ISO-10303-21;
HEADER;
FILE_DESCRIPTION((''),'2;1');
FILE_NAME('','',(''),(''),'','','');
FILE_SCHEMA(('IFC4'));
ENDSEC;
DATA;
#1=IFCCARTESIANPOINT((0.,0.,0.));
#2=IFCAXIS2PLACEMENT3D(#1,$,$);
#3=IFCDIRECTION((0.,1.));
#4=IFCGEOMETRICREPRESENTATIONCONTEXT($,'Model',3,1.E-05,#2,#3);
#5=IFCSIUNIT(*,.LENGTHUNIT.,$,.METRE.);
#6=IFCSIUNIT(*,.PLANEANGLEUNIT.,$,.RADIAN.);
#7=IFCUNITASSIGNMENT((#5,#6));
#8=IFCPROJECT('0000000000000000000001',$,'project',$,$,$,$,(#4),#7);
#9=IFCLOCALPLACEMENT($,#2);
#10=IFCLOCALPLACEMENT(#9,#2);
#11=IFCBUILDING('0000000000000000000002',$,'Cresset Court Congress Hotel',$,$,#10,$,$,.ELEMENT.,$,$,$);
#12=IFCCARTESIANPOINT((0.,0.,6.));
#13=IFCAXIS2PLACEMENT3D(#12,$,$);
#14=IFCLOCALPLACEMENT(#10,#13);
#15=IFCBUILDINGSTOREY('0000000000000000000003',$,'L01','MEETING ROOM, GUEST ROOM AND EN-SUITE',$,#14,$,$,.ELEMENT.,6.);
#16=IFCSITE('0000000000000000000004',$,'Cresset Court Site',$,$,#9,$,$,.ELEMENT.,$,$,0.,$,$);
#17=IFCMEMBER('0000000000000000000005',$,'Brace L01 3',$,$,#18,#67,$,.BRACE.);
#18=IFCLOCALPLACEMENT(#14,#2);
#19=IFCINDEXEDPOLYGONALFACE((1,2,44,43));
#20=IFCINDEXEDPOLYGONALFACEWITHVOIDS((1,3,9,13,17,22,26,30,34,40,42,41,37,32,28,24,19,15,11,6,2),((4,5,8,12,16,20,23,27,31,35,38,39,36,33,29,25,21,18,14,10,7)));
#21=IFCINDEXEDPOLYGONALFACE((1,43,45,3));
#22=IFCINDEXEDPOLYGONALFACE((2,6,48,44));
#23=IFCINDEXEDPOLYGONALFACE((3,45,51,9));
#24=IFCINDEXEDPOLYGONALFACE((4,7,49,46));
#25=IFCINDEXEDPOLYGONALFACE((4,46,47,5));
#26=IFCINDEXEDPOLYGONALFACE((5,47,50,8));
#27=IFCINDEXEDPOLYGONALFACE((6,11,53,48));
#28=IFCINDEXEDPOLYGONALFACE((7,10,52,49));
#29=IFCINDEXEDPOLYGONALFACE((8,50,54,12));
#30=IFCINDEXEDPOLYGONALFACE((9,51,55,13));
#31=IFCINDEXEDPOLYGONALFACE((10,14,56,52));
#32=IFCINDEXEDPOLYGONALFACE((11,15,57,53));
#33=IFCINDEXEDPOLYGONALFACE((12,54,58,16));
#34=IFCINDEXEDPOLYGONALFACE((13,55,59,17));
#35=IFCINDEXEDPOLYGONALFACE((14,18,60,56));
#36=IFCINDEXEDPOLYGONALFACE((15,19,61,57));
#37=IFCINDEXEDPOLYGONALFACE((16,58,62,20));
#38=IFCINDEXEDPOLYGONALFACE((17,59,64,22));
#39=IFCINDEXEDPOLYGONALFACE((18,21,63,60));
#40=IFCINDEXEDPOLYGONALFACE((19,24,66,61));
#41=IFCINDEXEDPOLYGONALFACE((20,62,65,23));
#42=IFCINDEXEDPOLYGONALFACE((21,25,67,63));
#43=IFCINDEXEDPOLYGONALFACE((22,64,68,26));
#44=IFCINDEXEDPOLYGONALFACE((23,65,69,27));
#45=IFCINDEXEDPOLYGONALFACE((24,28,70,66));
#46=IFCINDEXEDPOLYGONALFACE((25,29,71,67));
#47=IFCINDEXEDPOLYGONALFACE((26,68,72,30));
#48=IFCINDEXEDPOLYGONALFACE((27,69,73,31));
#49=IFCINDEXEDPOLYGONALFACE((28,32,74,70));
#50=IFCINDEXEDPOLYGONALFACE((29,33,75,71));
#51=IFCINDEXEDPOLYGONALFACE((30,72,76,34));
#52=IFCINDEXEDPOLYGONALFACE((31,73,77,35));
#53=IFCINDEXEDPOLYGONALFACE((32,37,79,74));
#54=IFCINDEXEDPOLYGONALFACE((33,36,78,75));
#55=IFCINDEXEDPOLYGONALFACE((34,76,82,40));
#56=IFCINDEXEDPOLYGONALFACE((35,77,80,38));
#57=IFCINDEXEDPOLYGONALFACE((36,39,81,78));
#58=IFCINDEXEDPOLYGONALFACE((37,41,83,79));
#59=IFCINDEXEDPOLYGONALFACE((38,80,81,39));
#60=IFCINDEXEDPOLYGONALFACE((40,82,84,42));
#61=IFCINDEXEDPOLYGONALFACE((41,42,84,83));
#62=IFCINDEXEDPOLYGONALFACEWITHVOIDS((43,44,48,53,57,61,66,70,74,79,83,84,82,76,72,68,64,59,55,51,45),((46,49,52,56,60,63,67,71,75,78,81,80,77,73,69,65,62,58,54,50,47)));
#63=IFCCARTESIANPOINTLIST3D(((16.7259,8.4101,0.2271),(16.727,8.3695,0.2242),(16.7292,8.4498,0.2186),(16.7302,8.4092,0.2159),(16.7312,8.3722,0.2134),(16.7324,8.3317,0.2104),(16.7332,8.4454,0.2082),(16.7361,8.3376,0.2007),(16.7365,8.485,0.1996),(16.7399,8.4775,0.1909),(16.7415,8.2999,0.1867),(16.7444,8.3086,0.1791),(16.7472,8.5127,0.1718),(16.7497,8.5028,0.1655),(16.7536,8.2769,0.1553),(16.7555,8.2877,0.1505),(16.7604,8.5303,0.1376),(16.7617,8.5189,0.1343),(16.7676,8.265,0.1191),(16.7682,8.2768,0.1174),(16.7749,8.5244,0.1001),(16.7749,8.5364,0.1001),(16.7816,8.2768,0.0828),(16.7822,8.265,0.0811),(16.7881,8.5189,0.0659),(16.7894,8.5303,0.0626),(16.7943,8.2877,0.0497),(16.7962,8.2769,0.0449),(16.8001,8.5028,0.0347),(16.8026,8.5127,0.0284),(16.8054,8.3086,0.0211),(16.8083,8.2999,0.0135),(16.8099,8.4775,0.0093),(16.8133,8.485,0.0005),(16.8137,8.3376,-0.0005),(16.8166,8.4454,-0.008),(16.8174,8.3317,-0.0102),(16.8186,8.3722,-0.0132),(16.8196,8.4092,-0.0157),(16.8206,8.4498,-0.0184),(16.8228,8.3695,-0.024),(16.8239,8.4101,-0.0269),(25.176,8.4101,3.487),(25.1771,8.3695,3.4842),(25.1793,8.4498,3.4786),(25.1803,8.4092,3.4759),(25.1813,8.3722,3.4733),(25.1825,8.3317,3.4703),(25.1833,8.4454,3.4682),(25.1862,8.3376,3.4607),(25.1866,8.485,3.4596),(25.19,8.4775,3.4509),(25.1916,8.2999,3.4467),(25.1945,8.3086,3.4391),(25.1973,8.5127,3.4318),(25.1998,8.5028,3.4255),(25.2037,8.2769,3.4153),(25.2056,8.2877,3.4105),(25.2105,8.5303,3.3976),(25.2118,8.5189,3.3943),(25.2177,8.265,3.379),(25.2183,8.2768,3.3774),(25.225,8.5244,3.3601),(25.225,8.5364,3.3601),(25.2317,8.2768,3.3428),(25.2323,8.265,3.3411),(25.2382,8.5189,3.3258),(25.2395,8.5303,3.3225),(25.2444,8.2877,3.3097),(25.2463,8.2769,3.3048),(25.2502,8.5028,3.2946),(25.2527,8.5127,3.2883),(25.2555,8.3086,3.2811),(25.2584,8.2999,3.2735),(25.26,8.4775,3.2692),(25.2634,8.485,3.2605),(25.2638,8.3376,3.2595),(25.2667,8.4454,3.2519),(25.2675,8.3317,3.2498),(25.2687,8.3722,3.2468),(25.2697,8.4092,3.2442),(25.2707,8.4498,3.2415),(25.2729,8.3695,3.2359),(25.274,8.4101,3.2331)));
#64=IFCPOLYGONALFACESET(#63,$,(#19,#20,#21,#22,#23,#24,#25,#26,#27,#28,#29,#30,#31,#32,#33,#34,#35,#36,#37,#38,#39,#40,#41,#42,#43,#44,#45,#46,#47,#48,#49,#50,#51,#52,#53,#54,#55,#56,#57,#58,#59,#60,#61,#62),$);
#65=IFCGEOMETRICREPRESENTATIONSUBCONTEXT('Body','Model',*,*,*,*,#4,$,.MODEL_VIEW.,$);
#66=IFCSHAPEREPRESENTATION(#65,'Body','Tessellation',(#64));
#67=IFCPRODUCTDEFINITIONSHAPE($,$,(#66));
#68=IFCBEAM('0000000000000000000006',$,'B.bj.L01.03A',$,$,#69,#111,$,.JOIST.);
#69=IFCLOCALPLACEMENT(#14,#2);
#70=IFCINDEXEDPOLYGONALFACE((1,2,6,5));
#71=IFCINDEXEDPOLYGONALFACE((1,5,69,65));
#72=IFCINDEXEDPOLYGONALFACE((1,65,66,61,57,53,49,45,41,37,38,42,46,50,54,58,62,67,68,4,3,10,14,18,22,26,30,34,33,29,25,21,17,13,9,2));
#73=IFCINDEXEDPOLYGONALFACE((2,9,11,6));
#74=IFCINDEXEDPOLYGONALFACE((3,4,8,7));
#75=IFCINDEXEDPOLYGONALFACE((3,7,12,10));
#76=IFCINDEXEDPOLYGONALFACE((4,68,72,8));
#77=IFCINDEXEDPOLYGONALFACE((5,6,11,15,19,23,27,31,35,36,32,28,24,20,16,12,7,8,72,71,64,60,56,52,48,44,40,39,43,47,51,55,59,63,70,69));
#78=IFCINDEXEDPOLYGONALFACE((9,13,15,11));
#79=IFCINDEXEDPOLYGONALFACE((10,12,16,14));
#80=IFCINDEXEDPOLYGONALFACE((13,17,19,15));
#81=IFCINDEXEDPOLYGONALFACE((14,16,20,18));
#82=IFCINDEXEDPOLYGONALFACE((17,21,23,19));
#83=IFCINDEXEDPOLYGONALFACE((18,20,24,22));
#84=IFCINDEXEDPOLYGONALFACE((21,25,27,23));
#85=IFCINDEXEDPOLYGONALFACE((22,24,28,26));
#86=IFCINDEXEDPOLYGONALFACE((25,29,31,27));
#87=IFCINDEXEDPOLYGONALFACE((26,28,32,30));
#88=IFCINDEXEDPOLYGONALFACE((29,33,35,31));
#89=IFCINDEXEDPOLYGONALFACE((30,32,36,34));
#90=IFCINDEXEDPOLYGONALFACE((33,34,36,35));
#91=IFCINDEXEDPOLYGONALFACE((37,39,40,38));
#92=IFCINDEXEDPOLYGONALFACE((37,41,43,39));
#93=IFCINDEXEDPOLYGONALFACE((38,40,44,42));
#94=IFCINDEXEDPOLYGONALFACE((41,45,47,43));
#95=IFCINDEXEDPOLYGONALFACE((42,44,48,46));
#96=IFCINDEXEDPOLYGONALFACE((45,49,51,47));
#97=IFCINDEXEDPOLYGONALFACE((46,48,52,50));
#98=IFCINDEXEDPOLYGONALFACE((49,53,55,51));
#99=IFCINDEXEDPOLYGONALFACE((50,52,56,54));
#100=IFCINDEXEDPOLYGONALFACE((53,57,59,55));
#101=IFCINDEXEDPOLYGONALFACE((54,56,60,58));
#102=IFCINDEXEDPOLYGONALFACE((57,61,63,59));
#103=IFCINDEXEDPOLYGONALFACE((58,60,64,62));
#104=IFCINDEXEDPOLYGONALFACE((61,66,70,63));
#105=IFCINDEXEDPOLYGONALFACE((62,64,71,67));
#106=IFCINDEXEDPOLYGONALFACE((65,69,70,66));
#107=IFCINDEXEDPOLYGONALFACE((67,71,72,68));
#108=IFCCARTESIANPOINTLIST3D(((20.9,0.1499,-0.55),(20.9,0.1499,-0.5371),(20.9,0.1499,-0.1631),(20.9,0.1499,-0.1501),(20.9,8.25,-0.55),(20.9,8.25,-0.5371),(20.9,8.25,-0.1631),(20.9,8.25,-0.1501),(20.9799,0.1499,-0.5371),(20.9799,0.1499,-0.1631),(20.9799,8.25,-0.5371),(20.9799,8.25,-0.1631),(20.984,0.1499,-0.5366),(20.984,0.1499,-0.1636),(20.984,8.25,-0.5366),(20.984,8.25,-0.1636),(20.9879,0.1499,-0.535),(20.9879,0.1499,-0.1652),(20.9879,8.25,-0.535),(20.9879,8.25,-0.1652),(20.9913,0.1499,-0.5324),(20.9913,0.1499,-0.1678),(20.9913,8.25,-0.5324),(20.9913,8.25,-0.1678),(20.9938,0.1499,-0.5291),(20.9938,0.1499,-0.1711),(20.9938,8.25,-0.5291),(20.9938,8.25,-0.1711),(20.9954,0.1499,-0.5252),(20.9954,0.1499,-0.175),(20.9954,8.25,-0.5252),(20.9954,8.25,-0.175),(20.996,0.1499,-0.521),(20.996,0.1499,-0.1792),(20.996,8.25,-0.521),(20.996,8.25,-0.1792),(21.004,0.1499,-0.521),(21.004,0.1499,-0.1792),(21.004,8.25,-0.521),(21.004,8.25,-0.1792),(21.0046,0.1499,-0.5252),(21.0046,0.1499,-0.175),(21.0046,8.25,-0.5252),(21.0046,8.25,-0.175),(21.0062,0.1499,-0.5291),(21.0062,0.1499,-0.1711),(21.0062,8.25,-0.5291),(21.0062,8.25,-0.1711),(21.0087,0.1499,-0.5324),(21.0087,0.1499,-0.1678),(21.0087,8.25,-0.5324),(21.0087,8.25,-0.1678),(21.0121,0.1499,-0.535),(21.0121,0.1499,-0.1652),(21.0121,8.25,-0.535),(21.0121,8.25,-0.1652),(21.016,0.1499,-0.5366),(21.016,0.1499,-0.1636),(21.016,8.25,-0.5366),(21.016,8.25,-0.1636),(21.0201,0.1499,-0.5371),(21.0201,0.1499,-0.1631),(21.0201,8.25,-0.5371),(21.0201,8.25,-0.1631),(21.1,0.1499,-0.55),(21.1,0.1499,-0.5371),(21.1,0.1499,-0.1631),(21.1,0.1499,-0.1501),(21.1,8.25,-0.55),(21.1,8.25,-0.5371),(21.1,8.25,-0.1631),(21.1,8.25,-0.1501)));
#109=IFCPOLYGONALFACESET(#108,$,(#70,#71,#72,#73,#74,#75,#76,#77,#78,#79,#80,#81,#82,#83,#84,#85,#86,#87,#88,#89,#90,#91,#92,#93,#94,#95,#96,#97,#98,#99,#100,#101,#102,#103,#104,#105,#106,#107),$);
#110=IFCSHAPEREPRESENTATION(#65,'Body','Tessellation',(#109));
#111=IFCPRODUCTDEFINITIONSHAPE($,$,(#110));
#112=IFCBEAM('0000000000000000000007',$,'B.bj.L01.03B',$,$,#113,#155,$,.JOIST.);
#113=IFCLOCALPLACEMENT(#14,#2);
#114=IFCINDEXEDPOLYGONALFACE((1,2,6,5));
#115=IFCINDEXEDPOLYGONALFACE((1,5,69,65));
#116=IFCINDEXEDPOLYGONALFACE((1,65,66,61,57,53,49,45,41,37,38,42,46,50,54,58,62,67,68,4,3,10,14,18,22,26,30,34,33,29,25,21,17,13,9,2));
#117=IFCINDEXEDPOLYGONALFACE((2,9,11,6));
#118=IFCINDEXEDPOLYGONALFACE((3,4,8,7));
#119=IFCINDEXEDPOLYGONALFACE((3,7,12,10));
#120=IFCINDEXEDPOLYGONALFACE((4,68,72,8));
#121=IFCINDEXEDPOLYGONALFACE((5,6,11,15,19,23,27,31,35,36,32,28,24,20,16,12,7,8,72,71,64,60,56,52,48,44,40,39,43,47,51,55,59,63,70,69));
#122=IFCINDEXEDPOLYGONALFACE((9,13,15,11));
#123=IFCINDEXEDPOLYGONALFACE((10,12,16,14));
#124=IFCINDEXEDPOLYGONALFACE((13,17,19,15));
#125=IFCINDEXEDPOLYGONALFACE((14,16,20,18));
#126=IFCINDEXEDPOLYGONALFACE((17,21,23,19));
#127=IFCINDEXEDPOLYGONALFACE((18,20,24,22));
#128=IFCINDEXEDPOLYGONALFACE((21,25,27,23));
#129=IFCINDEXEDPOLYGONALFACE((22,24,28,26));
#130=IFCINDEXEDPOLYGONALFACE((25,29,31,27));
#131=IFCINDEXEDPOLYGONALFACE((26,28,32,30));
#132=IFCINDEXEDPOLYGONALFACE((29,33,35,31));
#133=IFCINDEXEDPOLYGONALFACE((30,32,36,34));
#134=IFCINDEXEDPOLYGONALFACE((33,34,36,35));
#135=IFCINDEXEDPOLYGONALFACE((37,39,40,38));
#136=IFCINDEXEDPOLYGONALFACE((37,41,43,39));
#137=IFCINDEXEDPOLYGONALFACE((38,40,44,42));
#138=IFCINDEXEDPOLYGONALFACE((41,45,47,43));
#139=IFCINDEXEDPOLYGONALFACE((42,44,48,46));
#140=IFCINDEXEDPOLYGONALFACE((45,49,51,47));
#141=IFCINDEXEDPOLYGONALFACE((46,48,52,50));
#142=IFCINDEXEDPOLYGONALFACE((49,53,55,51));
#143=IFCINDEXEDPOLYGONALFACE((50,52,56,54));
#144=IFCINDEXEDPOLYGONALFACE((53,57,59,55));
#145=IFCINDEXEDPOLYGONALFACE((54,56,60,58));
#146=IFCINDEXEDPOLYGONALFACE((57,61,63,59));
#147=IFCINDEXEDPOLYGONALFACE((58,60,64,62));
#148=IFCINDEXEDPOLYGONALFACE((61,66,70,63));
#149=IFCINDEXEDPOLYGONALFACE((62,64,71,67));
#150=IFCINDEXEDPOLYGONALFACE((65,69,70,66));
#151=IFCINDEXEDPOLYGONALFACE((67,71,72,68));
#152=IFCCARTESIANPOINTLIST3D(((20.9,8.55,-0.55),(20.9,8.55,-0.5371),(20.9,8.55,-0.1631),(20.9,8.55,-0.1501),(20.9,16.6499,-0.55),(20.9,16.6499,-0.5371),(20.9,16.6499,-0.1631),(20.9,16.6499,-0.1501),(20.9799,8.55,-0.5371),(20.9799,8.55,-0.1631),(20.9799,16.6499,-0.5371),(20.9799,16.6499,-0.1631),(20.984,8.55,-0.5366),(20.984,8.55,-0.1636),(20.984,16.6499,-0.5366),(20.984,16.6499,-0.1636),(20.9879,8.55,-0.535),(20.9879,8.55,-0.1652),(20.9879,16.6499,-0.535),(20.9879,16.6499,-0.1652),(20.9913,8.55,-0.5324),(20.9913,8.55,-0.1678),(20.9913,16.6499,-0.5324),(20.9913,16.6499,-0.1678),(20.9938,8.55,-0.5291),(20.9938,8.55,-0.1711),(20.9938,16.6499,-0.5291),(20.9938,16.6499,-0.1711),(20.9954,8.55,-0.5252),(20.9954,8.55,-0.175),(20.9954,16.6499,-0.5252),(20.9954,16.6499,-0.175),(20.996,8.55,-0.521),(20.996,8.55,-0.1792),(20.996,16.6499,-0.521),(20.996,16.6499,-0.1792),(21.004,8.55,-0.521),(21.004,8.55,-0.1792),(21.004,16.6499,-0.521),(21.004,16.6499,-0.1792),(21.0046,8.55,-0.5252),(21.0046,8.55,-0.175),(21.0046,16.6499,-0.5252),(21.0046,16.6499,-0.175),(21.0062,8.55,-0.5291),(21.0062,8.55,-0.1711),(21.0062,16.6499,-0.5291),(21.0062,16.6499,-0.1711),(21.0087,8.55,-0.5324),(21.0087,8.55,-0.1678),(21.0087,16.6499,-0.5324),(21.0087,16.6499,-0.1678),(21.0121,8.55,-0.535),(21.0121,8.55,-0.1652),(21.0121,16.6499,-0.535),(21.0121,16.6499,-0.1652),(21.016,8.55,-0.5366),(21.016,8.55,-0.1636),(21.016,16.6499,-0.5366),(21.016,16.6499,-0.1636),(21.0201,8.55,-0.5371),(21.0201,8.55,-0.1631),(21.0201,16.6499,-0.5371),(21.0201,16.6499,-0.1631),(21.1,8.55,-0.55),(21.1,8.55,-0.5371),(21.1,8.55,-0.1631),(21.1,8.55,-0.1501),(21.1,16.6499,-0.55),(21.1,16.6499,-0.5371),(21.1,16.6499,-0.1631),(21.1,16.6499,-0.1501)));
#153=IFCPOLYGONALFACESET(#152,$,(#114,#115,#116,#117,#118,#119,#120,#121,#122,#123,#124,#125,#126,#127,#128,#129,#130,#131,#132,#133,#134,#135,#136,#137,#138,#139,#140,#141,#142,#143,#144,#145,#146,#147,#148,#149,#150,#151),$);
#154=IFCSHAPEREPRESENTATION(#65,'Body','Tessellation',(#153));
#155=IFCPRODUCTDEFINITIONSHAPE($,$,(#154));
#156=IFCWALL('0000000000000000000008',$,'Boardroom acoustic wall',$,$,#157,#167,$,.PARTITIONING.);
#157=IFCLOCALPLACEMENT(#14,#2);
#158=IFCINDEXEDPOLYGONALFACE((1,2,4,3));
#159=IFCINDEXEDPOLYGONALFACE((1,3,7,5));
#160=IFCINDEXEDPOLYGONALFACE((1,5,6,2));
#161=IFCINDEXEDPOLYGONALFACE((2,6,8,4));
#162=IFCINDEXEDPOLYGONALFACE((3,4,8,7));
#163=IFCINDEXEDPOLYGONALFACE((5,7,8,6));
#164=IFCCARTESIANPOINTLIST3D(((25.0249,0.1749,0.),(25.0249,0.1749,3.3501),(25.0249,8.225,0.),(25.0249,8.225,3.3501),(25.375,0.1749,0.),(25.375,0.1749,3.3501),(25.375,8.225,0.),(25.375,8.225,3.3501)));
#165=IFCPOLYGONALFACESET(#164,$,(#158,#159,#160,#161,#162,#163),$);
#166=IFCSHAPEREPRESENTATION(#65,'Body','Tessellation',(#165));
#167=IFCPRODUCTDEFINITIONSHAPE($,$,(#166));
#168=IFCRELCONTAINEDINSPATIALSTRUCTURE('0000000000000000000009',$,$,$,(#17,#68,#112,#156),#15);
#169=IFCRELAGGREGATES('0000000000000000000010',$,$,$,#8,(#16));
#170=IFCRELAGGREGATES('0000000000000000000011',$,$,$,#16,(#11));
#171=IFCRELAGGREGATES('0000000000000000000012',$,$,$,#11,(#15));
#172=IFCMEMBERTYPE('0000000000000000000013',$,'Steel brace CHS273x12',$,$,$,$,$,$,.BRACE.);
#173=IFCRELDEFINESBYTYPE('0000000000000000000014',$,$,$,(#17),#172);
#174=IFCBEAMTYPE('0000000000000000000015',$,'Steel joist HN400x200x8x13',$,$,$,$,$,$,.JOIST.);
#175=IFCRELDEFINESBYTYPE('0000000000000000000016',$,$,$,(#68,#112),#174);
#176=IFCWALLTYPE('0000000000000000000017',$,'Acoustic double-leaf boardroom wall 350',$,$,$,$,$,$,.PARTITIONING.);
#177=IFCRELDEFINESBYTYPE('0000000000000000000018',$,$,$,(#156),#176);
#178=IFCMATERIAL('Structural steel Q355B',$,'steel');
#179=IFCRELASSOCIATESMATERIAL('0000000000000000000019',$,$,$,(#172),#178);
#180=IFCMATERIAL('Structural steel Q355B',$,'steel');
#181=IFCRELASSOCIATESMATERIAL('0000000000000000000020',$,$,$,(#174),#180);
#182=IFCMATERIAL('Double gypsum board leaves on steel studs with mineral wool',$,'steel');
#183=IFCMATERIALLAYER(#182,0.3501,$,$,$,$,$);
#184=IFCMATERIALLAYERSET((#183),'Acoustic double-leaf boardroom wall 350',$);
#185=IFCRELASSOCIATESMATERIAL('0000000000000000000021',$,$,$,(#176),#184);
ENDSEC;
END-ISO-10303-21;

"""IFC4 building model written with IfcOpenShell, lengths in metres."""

from ifc_helpers import new_model, si_unit, direction, frame, frame_2d, origin, origin_2d, place, context, subcontext, project, spatial, rectangle, hollow_circle, i_section, extrude, material, layer, layer_set, material_profile, profile_set, type_object, element, save


model = new_model("IFC4")

# Units and contexts
model_context = context("Model", 3, precision=1e-05, world=origin(), true_north=direction((0.0, 1.0)))
body_context = subcontext(model_context, "Body", "Model", "MODEL_VIEW")
ifc_project = project(units=[si_unit("LENGTHUNIT", "METRE"), si_unit("PLANEANGLEUNIT", "RADIAN")], contexts=[model_context])

# Site, building, storey
site_placement = place(None, origin())
site = spatial("IfcSite", under=ifc_project, at=site_placement, Name="Cresset Court Site", CompositionType="ELEMENT", RefElevation=0.0)
building_placement = place(site_placement, origin())
building = spatial("IfcBuilding", under=site, at=building_placement, Name="Cresset Court Congress Hotel", CompositionType="ELEMENT")
storey_placement = place(building_placement, frame((0.0, 0.0, 6.0)))
storey = spatial("IfcBuildingStorey", under=building, at=storey_placement, Name="L01", Description="MEETING ROOM, GUEST ROOM AND EN-SUITE", CompositionType="ELEMENT", Elevation=6.0)

# Member
ifc_material_1 = material(Name="Structural steel Q355B", Category="steel")
ifc_material_profile_1 = material_profile(ifc_material_1, hollow_circle(Radius=0.1365, WallThickness=0.012, at=origin_2d()), Name="CHS273x12")
ifc_profile_set_1 = profile_set([ifc_material_profile_1], Name="Structural steel Q355B")
member_type_1 = type_object("IfcMemberType", Name="Steel brace CHS273x12", PredefinedType="BRACE", material=ifc_profile_set_1)
member_1_placement = place(storey_placement, frame((16.7749, 8.3999, 0.1001), z_axis=(0.932978, 0.0, 0.359934), x_axis=(0.0, 1.0, 0.0)))
element("IfcMember", 1, at=member_1_placement, inside=storey, type_object=member_type_1, Name="Brace L01 3", PredefinedType="BRACE", context=body_context, shape_type="SweptSolid", body=[
    extrude(hollow_circle(Radius=0.1365, WallThickness=0.012, at=origin_2d()), origin(), (0.0, 0.0, 1.0), 9.0571),
])

# Beams
ifc_material_2 = material(Name="Structural steel Q355B", Category="steel")
ifc_material_profile_2 = material_profile(ifc_material_2, i_section(OverallWidth=0.2, OverallDepth=0.3999, WebThickness=0.0081, FlangeThickness=0.0129, FilletRadius=0.0161, at=origin_2d()), Name="HN400x200x8x13")
ifc_profile_set_2 = profile_set([ifc_material_profile_2], Name="Structural steel Q355B")
beam_type_1 = type_object("IfcBeamType", Name="Steel joist HN400x200x8x13", PredefinedType="JOIST", material=ifc_profile_set_2)
beam_1_placement = place(storey_placement, frame((21.0, 0.1499, -0.3501), z_axis=(0.0, 1.0, 0.0), x_axis=(-1.0, 0.0, 0.0)))
element("IfcBeam", 2, at=beam_1_placement, inside=storey, type_object=beam_type_1, Name="B.bj.L01.03A", PredefinedType="JOIST", context=body_context, shape_type="SweptSolid", body=[
    extrude(i_section(OverallWidth=0.2, OverallDepth=0.3999, WebThickness=0.0081, FlangeThickness=0.0129, FilletRadius=0.0161, at=origin_2d()), origin(), (0.0, 0.0, 1.0), 8.1001),
])
beam_2_placement = place(storey_placement, frame((21.0, 8.55, -0.3501), z_axis=(0.0, 1.0, 0.0), x_axis=(-1.0, 0.0, 0.0)))
element("IfcBeam", 3, at=beam_2_placement, inside=storey, type_object=beam_type_1, Name="B.bj.L01.03B", PredefinedType="JOIST", context=body_context, shape_type="SweptSolid", body=[
    extrude(i_section(OverallWidth=0.2, OverallDepth=0.3999, WebThickness=0.0081, FlangeThickness=0.0129, FilletRadius=0.0161, at=origin_2d()), origin(), (0.0, 0.0, 1.0), 8.0999),
])

# Shared definitions
ifc_material_3 = material(Name="Double gypsum board leaves on steel studs with mineral wool", Category="steel")
ifc_layer_1 = layer(ifc_material_3, 0.3501)
ifc_layer_set_1 = layer_set([ifc_layer_1], Name="Acoustic double-leaf boardroom wall 350")
wall_type_1 = type_object("IfcWallType", Name="Acoustic double-leaf boardroom wall 350", PredefinedType="PARTITIONING", material=ifc_layer_set_1)

# Wall
wall_1_placement = place(storey_placement, frame((25.2, 0.175, 0.0), z_axis=(0.0, 0.0, 1.0), x_axis=(0.0, 1.0, 0.0)))
element("IfcWall", 4, at=wall_1_placement, inside=storey, type_object=wall_type_1, Name="Boardroom acoustic wall", PredefinedType="PARTITIONING", context=body_context, shape_type="SweptSolid", body=[
    extrude(rectangle(XDim=8.05, YDim=0.3501, at=frame_2d((4.0249, 0.0))), origin(), (0.0, 0.0, 1.0), 3.3501),
])

save(model, "model.ifc")
